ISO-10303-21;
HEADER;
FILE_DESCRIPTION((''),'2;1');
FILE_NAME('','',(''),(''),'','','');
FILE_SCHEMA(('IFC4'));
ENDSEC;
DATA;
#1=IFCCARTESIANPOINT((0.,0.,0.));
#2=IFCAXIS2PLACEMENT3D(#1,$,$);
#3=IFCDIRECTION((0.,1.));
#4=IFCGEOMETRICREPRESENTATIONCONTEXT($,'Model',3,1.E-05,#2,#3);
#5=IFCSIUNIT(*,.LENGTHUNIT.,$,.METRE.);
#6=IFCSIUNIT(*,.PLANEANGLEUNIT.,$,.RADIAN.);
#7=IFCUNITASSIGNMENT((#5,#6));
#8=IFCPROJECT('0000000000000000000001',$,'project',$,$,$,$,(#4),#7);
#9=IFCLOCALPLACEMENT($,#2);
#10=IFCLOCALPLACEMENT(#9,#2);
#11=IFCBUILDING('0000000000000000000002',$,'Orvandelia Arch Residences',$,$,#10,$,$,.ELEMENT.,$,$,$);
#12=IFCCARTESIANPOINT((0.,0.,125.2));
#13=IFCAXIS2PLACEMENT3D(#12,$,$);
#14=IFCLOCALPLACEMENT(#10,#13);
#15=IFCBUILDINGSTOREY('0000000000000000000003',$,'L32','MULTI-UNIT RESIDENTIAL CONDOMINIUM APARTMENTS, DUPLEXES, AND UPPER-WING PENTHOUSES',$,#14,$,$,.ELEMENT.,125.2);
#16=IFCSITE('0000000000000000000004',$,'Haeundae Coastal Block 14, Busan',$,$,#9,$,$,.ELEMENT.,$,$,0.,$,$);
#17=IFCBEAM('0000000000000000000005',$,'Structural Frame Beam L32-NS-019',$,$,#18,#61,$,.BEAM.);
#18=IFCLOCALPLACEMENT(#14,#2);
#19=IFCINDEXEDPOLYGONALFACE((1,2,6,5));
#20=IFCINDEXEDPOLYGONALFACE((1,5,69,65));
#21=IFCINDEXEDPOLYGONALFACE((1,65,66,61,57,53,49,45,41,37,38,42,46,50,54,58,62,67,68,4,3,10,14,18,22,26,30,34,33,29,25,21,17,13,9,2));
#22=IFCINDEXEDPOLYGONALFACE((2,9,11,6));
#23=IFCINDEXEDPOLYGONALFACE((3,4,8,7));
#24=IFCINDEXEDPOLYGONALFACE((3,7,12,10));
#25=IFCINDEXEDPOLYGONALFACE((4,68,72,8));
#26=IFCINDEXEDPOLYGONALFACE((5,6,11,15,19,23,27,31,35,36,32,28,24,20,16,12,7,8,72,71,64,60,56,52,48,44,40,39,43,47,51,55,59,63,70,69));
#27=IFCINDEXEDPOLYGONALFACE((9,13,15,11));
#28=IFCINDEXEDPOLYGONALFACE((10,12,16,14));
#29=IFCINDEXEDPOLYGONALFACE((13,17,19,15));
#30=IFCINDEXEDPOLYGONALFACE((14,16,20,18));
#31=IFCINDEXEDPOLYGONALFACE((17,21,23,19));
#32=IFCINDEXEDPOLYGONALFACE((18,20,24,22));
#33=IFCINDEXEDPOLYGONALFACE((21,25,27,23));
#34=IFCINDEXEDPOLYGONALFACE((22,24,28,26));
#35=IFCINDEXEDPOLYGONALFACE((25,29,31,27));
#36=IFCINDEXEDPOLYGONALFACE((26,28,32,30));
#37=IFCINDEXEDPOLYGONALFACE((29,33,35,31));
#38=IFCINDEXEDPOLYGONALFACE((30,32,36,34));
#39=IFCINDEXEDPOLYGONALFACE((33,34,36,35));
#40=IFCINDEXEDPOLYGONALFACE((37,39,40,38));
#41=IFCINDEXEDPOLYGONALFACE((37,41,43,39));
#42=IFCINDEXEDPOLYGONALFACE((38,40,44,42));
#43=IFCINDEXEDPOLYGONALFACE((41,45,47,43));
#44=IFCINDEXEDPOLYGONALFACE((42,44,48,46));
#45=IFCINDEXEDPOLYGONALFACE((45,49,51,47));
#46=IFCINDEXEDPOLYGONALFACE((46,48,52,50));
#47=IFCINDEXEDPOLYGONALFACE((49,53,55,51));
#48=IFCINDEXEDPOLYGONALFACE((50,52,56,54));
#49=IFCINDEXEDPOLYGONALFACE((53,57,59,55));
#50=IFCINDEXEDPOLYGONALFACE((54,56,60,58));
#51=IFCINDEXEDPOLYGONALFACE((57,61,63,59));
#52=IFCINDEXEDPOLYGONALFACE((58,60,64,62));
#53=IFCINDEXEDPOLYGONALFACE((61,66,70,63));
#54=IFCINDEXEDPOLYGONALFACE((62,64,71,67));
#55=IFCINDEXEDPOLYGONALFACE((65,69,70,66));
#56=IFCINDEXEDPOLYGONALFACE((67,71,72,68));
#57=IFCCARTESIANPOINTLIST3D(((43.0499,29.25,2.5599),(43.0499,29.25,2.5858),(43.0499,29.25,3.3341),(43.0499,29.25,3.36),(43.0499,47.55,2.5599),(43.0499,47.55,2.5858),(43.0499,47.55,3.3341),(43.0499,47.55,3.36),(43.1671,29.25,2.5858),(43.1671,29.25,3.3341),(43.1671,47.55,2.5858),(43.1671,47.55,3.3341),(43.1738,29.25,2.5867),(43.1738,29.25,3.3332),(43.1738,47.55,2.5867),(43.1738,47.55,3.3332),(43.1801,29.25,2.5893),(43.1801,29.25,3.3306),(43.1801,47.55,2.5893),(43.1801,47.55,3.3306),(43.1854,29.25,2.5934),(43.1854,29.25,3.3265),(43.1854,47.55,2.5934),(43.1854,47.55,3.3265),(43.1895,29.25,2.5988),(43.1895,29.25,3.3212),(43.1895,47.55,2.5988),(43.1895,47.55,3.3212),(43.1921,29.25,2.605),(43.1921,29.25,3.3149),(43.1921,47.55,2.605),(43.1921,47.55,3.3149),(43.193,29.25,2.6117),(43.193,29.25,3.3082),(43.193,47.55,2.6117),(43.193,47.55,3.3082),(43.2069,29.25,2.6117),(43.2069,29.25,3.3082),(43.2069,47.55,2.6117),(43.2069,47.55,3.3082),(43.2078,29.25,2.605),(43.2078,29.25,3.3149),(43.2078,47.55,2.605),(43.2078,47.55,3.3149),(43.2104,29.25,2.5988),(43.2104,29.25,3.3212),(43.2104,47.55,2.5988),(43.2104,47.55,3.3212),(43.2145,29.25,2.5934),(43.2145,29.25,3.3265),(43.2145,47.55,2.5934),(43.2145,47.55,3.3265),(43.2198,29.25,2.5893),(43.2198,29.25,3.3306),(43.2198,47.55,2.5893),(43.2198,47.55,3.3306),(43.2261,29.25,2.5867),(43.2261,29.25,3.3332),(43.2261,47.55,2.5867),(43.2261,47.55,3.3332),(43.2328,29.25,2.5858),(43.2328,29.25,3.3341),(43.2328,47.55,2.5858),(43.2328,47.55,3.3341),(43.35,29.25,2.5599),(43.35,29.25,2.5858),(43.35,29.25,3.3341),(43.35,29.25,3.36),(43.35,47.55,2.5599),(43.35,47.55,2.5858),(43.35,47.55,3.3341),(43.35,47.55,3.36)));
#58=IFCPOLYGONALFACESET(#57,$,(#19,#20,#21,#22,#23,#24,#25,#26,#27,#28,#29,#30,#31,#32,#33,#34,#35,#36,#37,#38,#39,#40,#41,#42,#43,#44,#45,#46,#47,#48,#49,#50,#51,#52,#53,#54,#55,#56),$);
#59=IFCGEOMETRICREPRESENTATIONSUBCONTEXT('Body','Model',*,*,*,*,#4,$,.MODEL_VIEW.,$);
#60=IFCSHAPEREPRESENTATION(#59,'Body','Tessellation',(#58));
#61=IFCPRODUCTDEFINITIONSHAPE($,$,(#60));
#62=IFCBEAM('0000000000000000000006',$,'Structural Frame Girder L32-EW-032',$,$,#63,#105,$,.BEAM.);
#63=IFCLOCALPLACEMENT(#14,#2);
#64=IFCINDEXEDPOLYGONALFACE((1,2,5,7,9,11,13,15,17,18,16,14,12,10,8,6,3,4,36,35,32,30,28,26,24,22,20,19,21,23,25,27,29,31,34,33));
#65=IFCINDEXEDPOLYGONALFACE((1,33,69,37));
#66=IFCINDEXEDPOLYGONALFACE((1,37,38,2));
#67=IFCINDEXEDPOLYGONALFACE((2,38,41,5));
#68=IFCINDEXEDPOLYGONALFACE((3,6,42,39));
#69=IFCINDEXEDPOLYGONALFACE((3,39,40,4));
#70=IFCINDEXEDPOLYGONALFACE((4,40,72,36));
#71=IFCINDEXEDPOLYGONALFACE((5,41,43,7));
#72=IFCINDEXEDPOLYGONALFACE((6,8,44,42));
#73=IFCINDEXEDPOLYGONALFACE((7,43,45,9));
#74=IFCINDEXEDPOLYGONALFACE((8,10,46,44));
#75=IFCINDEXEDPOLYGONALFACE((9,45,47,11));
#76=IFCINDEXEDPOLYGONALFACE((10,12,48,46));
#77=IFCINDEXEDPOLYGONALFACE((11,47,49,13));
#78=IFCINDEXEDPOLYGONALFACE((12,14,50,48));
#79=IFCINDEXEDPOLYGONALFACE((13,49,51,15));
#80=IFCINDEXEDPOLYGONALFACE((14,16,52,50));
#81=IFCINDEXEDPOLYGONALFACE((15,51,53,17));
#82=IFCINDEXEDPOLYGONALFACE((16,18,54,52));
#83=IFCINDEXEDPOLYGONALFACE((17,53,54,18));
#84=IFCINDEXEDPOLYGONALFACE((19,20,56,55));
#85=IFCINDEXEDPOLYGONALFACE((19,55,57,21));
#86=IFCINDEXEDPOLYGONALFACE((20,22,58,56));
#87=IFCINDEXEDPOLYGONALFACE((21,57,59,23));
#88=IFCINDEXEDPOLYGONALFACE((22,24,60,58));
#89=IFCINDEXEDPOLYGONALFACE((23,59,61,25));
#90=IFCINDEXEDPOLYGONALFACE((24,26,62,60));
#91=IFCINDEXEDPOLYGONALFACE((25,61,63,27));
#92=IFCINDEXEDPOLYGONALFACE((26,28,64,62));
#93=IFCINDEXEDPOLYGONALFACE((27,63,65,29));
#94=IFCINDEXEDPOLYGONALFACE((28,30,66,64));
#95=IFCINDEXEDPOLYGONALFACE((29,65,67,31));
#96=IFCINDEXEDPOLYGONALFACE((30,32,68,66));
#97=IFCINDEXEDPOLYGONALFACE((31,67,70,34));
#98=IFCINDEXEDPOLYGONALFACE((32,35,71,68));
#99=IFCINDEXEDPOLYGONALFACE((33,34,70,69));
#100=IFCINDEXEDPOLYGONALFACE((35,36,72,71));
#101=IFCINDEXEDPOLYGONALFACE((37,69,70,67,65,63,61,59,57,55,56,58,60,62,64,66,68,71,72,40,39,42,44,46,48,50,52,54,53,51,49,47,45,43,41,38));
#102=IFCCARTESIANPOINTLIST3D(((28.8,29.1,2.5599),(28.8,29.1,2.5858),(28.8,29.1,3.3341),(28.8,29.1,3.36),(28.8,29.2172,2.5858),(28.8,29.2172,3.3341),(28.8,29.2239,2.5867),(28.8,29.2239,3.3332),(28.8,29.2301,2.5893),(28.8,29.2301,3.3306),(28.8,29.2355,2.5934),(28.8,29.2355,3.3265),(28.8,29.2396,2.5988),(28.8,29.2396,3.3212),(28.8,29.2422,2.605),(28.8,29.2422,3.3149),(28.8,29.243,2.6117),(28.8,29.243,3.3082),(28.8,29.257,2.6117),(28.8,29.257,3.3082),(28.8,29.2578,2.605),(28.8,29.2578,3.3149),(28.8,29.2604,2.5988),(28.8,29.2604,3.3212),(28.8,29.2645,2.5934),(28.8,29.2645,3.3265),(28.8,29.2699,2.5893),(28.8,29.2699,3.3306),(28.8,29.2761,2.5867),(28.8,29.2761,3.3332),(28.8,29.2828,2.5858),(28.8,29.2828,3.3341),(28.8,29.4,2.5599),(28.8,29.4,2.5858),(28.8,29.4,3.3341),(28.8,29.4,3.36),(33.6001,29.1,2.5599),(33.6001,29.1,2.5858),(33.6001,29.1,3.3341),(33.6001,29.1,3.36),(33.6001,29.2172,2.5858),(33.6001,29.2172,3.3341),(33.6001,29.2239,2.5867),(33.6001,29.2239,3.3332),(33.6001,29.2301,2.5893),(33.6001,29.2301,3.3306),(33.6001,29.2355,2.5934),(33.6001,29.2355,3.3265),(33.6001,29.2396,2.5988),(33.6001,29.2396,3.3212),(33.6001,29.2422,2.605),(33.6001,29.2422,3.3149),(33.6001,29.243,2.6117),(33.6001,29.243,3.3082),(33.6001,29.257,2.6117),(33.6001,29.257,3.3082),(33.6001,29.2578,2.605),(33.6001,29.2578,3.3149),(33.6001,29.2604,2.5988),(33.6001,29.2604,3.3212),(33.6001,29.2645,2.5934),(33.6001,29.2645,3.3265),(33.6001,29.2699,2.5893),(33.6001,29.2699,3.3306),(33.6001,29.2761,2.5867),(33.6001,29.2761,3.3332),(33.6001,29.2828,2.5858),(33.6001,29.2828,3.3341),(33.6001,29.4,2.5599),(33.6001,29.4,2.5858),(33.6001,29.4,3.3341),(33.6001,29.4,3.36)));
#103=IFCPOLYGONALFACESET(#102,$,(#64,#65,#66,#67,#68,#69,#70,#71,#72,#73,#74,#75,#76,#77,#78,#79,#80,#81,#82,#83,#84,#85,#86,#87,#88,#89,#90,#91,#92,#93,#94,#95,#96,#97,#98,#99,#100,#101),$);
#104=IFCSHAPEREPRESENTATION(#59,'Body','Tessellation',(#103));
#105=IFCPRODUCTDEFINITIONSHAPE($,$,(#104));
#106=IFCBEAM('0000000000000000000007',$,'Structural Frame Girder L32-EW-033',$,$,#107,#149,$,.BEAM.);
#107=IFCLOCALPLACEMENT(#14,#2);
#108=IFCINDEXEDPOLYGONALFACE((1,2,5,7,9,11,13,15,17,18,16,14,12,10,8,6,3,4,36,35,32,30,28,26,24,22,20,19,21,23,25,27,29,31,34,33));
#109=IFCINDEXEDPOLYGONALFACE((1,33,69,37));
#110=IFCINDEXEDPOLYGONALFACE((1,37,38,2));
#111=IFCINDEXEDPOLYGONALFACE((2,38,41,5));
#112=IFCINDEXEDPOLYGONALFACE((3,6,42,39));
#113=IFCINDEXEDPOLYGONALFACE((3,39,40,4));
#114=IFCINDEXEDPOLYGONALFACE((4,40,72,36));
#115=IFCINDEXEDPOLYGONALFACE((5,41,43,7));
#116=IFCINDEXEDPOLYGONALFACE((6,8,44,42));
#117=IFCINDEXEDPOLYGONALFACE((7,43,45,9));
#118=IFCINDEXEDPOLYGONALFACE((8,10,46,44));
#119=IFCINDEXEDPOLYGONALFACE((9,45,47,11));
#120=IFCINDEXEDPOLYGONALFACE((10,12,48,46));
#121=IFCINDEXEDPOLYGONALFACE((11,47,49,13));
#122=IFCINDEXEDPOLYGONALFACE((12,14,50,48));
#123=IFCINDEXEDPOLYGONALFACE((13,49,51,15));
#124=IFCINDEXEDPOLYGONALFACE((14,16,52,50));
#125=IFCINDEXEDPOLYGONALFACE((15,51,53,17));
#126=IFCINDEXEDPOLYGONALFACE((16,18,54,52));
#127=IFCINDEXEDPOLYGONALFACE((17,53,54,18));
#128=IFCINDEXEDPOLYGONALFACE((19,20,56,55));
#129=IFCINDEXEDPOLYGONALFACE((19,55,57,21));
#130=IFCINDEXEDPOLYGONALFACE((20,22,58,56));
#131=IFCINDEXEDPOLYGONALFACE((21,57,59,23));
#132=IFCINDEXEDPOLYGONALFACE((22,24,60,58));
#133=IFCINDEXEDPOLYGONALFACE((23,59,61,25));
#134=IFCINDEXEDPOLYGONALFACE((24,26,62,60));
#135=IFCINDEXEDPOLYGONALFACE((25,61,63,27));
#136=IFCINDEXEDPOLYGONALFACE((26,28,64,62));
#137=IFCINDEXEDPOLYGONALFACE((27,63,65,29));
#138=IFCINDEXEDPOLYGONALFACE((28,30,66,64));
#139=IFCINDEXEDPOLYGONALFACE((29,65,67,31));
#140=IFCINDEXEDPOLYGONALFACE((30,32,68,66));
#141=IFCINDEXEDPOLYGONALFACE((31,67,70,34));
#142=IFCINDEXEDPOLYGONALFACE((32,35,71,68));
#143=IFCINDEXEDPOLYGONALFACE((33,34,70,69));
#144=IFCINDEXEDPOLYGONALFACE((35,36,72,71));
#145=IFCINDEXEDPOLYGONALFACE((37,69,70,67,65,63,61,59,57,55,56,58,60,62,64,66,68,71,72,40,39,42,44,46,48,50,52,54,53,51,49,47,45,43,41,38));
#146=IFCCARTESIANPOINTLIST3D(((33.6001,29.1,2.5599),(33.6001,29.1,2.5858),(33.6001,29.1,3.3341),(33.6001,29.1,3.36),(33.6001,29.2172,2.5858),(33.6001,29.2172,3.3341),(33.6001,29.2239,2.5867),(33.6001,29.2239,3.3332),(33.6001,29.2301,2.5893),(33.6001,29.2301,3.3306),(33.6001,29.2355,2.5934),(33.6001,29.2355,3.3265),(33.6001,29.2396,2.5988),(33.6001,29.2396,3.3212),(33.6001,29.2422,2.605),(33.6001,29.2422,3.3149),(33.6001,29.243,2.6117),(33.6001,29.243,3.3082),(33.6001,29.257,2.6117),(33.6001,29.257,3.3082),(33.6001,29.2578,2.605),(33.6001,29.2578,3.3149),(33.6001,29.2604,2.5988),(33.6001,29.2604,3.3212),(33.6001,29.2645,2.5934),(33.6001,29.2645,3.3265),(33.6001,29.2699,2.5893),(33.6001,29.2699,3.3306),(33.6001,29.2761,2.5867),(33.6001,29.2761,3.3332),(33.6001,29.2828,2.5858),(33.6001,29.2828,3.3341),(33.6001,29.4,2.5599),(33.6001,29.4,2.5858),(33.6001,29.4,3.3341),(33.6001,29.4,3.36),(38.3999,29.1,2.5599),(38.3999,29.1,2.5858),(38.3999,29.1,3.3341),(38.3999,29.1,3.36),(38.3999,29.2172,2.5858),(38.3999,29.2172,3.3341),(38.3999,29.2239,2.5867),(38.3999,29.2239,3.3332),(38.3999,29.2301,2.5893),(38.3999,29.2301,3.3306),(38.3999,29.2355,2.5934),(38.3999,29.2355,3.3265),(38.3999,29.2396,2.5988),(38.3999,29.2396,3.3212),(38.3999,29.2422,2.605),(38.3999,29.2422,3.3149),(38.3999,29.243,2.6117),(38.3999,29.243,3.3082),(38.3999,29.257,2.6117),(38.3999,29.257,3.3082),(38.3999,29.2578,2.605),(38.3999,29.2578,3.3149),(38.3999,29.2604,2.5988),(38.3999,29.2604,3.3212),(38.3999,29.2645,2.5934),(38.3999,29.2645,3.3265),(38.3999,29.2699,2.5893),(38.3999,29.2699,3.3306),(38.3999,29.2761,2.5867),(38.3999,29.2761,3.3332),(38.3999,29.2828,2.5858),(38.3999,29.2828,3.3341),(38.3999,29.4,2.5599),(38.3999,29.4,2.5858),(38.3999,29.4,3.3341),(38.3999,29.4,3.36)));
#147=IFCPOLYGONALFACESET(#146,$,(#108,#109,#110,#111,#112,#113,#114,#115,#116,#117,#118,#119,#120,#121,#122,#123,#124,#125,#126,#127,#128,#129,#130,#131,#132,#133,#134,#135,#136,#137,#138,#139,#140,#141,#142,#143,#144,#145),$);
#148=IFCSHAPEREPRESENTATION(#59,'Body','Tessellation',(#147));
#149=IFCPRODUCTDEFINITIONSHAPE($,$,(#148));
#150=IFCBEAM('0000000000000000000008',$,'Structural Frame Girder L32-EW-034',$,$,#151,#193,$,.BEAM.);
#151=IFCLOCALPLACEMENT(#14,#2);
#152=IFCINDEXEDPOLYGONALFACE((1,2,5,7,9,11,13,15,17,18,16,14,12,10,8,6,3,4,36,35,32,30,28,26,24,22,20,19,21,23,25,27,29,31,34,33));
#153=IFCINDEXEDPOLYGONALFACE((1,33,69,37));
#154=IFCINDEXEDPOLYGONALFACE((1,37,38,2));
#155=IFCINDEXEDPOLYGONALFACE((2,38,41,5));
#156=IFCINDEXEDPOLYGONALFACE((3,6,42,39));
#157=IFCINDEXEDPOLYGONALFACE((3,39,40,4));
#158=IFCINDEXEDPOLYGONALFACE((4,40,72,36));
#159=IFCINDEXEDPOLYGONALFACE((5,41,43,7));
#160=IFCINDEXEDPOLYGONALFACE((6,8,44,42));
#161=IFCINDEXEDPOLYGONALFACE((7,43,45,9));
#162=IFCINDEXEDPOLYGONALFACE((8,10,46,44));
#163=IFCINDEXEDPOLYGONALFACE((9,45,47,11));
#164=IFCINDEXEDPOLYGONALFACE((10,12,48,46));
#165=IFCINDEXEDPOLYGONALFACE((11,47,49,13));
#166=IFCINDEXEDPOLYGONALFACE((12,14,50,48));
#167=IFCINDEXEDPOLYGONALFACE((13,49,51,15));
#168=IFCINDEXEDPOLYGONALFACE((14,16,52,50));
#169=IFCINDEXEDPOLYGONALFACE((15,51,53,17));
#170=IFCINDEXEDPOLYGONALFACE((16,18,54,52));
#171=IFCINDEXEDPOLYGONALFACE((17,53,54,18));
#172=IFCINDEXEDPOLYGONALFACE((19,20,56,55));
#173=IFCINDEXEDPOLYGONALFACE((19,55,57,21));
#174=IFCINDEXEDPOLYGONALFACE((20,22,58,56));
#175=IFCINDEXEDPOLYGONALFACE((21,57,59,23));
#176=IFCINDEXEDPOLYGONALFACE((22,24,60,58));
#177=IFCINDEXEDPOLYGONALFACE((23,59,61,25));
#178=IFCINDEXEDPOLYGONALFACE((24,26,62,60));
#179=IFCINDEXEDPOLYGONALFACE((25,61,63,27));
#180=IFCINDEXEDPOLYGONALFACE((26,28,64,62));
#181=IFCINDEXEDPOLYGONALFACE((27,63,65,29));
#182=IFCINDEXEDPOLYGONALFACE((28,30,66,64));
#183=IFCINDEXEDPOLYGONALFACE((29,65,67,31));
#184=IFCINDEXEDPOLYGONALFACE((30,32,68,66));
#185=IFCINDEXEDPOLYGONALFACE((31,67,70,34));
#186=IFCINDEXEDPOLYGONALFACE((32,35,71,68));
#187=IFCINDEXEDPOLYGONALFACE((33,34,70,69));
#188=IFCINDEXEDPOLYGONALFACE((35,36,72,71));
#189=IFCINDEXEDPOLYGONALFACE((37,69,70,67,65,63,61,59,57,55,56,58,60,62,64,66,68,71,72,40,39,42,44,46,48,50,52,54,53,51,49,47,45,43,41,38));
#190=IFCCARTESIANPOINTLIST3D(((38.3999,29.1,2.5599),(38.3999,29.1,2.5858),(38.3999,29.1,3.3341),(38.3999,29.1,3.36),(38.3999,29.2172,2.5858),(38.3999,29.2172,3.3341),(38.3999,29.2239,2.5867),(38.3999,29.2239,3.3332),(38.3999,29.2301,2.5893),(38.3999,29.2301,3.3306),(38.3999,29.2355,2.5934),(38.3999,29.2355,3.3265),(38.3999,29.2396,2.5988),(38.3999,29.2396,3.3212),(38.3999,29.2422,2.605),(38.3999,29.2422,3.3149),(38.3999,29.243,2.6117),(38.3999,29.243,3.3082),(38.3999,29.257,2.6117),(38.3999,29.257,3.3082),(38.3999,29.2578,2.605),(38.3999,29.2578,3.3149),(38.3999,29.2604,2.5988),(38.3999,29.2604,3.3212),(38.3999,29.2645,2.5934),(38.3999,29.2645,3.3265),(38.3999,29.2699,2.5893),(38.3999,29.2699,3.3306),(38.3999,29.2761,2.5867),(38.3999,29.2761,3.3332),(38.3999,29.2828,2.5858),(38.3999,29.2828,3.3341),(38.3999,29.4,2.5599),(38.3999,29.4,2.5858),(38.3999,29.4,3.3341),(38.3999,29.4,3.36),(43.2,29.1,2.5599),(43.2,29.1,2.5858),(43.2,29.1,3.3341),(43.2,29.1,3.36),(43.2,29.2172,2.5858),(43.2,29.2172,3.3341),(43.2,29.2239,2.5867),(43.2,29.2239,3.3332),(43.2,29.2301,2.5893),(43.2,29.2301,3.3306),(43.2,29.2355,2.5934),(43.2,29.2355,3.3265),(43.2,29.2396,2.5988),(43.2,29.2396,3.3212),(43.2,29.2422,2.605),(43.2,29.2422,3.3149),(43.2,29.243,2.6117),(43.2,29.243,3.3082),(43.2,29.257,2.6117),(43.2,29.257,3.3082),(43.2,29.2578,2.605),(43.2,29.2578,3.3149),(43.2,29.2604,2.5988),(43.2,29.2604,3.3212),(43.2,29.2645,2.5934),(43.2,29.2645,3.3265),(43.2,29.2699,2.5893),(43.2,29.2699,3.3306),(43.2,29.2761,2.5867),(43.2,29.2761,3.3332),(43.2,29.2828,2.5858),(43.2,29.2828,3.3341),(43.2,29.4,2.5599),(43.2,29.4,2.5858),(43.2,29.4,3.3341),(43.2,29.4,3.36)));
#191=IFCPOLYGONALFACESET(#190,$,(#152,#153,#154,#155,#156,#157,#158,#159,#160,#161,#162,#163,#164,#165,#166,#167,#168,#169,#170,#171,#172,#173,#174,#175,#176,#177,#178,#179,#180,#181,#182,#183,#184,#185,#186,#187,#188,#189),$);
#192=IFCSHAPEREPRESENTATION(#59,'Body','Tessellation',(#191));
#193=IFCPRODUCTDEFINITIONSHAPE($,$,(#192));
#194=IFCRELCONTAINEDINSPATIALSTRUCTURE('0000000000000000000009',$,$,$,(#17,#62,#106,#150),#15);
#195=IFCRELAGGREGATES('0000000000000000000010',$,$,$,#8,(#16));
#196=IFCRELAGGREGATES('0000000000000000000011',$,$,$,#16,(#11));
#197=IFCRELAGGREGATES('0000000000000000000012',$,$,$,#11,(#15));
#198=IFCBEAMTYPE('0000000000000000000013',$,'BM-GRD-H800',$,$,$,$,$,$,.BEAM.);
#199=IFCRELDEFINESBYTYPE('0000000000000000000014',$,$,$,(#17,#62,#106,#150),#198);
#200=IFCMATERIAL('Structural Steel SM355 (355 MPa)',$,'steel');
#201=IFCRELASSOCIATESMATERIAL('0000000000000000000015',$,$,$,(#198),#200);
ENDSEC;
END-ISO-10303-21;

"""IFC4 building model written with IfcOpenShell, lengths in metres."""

from ifc_helpers import new_model, si_unit, direction, frame, origin, origin_2d, place, context, subcontext, project, spatial, i_section, extrude, material, material_profile, profile_set, type_object, element, save


model = new_model("IFC4")

# Units and contexts
model_context = context("Model", 3, precision=1e-05, world=origin(), true_north=direction((0.0, 1.0)))
body_context = subcontext(model_context, "Body", "Model", "MODEL_VIEW")
ifc_project = project(units=[si_unit("LENGTHUNIT", "METRE"), si_unit("PLANEANGLEUNIT", "RADIAN")], contexts=[model_context])

# Site, building, storey
site_placement = place(None, origin())
site = spatial("IfcSite", under=ifc_project, at=site_placement, Name="Haeundae Coastal Block 14, Busan", CompositionType="ELEMENT", RefElevation=0.0)
building_placement = place(site_placement, origin())
building = spatial("IfcBuilding", under=site, at=building_placement, Name="Orvandelia Arch Residences", CompositionType="ELEMENT")
storey_placement = place(building_placement, frame((0.0, 0.0, 125.2)))
storey = spatial("IfcBuildingStorey", under=building, at=storey_placement, Name="L32", Description="MULTI-UNIT RESIDENTIAL CONDOMINIUM APARTMENTS, DUPLEXES, AND UPPER-WING PENTHOUSES", CompositionType="ELEMENT", Elevation=125.2)

# Beams
ifc_material_1 = material(Name="Structural Steel SM355 (355 MPa)", Category="steel")
ifc_material_profile_1 = material_profile(ifc_material_1, i_section(OverallWidth=0.3, OverallDepth=0.8, WebThickness=0.0139, FlangeThickness=0.0259, FilletRadius=0.0259, at=origin_2d()), Name="Structural Steel SM355 (355 MPa)", Category="steel")
ifc_profile_set_1 = profile_set([ifc_material_profile_1], Name="Structural Steel SM355 (355 MPa)")
beam_type = type_object("IfcBeamType", Name="BM-GRD-H800", PredefinedType="BEAM", material=ifc_profile_set_1)
for number, where, z_axis, x_axis, name in (
    (1, (43.2, 29.25, 2.96), (0.0, 1.0, 0.0), (-1.0, 0.0, 0.0), "Structural Frame Beam L32-NS-019"),
):
    element("IfcBeam", number, at=place(storey_placement, frame(where, z_axis=z_axis, x_axis=x_axis)), inside=storey, type_object=beam_type, Name=name, PredefinedType="BEAM", context=body_context, shape_type="SweptSolid", body=[
        extrude(i_section(OverallWidth=0.3, OverallDepth=0.8, WebThickness=0.0139, FlangeThickness=0.0259, FilletRadius=0.0259, at=origin_2d()), origin(), (0.0, 0.0, 1.0), 18.3),
    ])
beam_1_placement = place(storey_placement, frame((28.8, 29.25, 2.96), z_axis=(1.0, 0.0, 0.0), x_axis=(0.0, 1.0, 0.0)))
element("IfcBeam", 2, at=beam_1_placement, inside=storey, type_object=beam_type, Name="Structural Frame Girder L32-EW-032", PredefinedType="BEAM", context=body_context, shape_type="SweptSolid", body=[
    extrude(i_section(OverallWidth=0.3, OverallDepth=0.8, WebThickness=0.0139, FlangeThickness=0.0259, FilletRadius=0.0259, at=origin_2d()), origin(), (0.0, 0.0, 1.0), 4.8),
])
beam_2_placement = place(storey_placement, frame((33.6001, 29.25, 2.96), z_axis=(1.0, 0.0, 0.0), x_axis=(0.0, 1.0, 0.0)))
element("IfcBeam", 3, at=beam_2_placement, inside=storey, type_object=beam_type, Name="Structural Frame Girder L32-EW-033", PredefinedType="BEAM", context=body_context, shape_type="SweptSolid", body=[
    extrude(i_section(OverallWidth=0.3, OverallDepth=0.8, WebThickness=0.0139, FlangeThickness=0.0259, FilletRadius=0.0259, at=origin_2d()), origin(), (0.0, 0.0, 1.0), 4.7998),
])
for number, where, z_axis, x_axis, name in (
    (4, (38.3999, 29.25, 2.96), (1.0, 0.0, 0.0), (0.0, 1.0, 0.0), "Structural Frame Girder L32-EW-034"),
):
    element("IfcBeam", number, at=place(storey_placement, frame(where, z_axis=z_axis, x_axis=x_axis)), inside=storey, type_object=beam_type, Name=name, PredefinedType="BEAM", context=body_context, shape_type="SweptSolid", body=[
        extrude(i_section(OverallWidth=0.3, OverallDepth=0.8, WebThickness=0.0139, FlangeThickness=0.0259, FilletRadius=0.0259, at=origin_2d()), origin(), (0.0, 0.0, 1.0), 4.8),
    ])

save(model, "model.ifc")
